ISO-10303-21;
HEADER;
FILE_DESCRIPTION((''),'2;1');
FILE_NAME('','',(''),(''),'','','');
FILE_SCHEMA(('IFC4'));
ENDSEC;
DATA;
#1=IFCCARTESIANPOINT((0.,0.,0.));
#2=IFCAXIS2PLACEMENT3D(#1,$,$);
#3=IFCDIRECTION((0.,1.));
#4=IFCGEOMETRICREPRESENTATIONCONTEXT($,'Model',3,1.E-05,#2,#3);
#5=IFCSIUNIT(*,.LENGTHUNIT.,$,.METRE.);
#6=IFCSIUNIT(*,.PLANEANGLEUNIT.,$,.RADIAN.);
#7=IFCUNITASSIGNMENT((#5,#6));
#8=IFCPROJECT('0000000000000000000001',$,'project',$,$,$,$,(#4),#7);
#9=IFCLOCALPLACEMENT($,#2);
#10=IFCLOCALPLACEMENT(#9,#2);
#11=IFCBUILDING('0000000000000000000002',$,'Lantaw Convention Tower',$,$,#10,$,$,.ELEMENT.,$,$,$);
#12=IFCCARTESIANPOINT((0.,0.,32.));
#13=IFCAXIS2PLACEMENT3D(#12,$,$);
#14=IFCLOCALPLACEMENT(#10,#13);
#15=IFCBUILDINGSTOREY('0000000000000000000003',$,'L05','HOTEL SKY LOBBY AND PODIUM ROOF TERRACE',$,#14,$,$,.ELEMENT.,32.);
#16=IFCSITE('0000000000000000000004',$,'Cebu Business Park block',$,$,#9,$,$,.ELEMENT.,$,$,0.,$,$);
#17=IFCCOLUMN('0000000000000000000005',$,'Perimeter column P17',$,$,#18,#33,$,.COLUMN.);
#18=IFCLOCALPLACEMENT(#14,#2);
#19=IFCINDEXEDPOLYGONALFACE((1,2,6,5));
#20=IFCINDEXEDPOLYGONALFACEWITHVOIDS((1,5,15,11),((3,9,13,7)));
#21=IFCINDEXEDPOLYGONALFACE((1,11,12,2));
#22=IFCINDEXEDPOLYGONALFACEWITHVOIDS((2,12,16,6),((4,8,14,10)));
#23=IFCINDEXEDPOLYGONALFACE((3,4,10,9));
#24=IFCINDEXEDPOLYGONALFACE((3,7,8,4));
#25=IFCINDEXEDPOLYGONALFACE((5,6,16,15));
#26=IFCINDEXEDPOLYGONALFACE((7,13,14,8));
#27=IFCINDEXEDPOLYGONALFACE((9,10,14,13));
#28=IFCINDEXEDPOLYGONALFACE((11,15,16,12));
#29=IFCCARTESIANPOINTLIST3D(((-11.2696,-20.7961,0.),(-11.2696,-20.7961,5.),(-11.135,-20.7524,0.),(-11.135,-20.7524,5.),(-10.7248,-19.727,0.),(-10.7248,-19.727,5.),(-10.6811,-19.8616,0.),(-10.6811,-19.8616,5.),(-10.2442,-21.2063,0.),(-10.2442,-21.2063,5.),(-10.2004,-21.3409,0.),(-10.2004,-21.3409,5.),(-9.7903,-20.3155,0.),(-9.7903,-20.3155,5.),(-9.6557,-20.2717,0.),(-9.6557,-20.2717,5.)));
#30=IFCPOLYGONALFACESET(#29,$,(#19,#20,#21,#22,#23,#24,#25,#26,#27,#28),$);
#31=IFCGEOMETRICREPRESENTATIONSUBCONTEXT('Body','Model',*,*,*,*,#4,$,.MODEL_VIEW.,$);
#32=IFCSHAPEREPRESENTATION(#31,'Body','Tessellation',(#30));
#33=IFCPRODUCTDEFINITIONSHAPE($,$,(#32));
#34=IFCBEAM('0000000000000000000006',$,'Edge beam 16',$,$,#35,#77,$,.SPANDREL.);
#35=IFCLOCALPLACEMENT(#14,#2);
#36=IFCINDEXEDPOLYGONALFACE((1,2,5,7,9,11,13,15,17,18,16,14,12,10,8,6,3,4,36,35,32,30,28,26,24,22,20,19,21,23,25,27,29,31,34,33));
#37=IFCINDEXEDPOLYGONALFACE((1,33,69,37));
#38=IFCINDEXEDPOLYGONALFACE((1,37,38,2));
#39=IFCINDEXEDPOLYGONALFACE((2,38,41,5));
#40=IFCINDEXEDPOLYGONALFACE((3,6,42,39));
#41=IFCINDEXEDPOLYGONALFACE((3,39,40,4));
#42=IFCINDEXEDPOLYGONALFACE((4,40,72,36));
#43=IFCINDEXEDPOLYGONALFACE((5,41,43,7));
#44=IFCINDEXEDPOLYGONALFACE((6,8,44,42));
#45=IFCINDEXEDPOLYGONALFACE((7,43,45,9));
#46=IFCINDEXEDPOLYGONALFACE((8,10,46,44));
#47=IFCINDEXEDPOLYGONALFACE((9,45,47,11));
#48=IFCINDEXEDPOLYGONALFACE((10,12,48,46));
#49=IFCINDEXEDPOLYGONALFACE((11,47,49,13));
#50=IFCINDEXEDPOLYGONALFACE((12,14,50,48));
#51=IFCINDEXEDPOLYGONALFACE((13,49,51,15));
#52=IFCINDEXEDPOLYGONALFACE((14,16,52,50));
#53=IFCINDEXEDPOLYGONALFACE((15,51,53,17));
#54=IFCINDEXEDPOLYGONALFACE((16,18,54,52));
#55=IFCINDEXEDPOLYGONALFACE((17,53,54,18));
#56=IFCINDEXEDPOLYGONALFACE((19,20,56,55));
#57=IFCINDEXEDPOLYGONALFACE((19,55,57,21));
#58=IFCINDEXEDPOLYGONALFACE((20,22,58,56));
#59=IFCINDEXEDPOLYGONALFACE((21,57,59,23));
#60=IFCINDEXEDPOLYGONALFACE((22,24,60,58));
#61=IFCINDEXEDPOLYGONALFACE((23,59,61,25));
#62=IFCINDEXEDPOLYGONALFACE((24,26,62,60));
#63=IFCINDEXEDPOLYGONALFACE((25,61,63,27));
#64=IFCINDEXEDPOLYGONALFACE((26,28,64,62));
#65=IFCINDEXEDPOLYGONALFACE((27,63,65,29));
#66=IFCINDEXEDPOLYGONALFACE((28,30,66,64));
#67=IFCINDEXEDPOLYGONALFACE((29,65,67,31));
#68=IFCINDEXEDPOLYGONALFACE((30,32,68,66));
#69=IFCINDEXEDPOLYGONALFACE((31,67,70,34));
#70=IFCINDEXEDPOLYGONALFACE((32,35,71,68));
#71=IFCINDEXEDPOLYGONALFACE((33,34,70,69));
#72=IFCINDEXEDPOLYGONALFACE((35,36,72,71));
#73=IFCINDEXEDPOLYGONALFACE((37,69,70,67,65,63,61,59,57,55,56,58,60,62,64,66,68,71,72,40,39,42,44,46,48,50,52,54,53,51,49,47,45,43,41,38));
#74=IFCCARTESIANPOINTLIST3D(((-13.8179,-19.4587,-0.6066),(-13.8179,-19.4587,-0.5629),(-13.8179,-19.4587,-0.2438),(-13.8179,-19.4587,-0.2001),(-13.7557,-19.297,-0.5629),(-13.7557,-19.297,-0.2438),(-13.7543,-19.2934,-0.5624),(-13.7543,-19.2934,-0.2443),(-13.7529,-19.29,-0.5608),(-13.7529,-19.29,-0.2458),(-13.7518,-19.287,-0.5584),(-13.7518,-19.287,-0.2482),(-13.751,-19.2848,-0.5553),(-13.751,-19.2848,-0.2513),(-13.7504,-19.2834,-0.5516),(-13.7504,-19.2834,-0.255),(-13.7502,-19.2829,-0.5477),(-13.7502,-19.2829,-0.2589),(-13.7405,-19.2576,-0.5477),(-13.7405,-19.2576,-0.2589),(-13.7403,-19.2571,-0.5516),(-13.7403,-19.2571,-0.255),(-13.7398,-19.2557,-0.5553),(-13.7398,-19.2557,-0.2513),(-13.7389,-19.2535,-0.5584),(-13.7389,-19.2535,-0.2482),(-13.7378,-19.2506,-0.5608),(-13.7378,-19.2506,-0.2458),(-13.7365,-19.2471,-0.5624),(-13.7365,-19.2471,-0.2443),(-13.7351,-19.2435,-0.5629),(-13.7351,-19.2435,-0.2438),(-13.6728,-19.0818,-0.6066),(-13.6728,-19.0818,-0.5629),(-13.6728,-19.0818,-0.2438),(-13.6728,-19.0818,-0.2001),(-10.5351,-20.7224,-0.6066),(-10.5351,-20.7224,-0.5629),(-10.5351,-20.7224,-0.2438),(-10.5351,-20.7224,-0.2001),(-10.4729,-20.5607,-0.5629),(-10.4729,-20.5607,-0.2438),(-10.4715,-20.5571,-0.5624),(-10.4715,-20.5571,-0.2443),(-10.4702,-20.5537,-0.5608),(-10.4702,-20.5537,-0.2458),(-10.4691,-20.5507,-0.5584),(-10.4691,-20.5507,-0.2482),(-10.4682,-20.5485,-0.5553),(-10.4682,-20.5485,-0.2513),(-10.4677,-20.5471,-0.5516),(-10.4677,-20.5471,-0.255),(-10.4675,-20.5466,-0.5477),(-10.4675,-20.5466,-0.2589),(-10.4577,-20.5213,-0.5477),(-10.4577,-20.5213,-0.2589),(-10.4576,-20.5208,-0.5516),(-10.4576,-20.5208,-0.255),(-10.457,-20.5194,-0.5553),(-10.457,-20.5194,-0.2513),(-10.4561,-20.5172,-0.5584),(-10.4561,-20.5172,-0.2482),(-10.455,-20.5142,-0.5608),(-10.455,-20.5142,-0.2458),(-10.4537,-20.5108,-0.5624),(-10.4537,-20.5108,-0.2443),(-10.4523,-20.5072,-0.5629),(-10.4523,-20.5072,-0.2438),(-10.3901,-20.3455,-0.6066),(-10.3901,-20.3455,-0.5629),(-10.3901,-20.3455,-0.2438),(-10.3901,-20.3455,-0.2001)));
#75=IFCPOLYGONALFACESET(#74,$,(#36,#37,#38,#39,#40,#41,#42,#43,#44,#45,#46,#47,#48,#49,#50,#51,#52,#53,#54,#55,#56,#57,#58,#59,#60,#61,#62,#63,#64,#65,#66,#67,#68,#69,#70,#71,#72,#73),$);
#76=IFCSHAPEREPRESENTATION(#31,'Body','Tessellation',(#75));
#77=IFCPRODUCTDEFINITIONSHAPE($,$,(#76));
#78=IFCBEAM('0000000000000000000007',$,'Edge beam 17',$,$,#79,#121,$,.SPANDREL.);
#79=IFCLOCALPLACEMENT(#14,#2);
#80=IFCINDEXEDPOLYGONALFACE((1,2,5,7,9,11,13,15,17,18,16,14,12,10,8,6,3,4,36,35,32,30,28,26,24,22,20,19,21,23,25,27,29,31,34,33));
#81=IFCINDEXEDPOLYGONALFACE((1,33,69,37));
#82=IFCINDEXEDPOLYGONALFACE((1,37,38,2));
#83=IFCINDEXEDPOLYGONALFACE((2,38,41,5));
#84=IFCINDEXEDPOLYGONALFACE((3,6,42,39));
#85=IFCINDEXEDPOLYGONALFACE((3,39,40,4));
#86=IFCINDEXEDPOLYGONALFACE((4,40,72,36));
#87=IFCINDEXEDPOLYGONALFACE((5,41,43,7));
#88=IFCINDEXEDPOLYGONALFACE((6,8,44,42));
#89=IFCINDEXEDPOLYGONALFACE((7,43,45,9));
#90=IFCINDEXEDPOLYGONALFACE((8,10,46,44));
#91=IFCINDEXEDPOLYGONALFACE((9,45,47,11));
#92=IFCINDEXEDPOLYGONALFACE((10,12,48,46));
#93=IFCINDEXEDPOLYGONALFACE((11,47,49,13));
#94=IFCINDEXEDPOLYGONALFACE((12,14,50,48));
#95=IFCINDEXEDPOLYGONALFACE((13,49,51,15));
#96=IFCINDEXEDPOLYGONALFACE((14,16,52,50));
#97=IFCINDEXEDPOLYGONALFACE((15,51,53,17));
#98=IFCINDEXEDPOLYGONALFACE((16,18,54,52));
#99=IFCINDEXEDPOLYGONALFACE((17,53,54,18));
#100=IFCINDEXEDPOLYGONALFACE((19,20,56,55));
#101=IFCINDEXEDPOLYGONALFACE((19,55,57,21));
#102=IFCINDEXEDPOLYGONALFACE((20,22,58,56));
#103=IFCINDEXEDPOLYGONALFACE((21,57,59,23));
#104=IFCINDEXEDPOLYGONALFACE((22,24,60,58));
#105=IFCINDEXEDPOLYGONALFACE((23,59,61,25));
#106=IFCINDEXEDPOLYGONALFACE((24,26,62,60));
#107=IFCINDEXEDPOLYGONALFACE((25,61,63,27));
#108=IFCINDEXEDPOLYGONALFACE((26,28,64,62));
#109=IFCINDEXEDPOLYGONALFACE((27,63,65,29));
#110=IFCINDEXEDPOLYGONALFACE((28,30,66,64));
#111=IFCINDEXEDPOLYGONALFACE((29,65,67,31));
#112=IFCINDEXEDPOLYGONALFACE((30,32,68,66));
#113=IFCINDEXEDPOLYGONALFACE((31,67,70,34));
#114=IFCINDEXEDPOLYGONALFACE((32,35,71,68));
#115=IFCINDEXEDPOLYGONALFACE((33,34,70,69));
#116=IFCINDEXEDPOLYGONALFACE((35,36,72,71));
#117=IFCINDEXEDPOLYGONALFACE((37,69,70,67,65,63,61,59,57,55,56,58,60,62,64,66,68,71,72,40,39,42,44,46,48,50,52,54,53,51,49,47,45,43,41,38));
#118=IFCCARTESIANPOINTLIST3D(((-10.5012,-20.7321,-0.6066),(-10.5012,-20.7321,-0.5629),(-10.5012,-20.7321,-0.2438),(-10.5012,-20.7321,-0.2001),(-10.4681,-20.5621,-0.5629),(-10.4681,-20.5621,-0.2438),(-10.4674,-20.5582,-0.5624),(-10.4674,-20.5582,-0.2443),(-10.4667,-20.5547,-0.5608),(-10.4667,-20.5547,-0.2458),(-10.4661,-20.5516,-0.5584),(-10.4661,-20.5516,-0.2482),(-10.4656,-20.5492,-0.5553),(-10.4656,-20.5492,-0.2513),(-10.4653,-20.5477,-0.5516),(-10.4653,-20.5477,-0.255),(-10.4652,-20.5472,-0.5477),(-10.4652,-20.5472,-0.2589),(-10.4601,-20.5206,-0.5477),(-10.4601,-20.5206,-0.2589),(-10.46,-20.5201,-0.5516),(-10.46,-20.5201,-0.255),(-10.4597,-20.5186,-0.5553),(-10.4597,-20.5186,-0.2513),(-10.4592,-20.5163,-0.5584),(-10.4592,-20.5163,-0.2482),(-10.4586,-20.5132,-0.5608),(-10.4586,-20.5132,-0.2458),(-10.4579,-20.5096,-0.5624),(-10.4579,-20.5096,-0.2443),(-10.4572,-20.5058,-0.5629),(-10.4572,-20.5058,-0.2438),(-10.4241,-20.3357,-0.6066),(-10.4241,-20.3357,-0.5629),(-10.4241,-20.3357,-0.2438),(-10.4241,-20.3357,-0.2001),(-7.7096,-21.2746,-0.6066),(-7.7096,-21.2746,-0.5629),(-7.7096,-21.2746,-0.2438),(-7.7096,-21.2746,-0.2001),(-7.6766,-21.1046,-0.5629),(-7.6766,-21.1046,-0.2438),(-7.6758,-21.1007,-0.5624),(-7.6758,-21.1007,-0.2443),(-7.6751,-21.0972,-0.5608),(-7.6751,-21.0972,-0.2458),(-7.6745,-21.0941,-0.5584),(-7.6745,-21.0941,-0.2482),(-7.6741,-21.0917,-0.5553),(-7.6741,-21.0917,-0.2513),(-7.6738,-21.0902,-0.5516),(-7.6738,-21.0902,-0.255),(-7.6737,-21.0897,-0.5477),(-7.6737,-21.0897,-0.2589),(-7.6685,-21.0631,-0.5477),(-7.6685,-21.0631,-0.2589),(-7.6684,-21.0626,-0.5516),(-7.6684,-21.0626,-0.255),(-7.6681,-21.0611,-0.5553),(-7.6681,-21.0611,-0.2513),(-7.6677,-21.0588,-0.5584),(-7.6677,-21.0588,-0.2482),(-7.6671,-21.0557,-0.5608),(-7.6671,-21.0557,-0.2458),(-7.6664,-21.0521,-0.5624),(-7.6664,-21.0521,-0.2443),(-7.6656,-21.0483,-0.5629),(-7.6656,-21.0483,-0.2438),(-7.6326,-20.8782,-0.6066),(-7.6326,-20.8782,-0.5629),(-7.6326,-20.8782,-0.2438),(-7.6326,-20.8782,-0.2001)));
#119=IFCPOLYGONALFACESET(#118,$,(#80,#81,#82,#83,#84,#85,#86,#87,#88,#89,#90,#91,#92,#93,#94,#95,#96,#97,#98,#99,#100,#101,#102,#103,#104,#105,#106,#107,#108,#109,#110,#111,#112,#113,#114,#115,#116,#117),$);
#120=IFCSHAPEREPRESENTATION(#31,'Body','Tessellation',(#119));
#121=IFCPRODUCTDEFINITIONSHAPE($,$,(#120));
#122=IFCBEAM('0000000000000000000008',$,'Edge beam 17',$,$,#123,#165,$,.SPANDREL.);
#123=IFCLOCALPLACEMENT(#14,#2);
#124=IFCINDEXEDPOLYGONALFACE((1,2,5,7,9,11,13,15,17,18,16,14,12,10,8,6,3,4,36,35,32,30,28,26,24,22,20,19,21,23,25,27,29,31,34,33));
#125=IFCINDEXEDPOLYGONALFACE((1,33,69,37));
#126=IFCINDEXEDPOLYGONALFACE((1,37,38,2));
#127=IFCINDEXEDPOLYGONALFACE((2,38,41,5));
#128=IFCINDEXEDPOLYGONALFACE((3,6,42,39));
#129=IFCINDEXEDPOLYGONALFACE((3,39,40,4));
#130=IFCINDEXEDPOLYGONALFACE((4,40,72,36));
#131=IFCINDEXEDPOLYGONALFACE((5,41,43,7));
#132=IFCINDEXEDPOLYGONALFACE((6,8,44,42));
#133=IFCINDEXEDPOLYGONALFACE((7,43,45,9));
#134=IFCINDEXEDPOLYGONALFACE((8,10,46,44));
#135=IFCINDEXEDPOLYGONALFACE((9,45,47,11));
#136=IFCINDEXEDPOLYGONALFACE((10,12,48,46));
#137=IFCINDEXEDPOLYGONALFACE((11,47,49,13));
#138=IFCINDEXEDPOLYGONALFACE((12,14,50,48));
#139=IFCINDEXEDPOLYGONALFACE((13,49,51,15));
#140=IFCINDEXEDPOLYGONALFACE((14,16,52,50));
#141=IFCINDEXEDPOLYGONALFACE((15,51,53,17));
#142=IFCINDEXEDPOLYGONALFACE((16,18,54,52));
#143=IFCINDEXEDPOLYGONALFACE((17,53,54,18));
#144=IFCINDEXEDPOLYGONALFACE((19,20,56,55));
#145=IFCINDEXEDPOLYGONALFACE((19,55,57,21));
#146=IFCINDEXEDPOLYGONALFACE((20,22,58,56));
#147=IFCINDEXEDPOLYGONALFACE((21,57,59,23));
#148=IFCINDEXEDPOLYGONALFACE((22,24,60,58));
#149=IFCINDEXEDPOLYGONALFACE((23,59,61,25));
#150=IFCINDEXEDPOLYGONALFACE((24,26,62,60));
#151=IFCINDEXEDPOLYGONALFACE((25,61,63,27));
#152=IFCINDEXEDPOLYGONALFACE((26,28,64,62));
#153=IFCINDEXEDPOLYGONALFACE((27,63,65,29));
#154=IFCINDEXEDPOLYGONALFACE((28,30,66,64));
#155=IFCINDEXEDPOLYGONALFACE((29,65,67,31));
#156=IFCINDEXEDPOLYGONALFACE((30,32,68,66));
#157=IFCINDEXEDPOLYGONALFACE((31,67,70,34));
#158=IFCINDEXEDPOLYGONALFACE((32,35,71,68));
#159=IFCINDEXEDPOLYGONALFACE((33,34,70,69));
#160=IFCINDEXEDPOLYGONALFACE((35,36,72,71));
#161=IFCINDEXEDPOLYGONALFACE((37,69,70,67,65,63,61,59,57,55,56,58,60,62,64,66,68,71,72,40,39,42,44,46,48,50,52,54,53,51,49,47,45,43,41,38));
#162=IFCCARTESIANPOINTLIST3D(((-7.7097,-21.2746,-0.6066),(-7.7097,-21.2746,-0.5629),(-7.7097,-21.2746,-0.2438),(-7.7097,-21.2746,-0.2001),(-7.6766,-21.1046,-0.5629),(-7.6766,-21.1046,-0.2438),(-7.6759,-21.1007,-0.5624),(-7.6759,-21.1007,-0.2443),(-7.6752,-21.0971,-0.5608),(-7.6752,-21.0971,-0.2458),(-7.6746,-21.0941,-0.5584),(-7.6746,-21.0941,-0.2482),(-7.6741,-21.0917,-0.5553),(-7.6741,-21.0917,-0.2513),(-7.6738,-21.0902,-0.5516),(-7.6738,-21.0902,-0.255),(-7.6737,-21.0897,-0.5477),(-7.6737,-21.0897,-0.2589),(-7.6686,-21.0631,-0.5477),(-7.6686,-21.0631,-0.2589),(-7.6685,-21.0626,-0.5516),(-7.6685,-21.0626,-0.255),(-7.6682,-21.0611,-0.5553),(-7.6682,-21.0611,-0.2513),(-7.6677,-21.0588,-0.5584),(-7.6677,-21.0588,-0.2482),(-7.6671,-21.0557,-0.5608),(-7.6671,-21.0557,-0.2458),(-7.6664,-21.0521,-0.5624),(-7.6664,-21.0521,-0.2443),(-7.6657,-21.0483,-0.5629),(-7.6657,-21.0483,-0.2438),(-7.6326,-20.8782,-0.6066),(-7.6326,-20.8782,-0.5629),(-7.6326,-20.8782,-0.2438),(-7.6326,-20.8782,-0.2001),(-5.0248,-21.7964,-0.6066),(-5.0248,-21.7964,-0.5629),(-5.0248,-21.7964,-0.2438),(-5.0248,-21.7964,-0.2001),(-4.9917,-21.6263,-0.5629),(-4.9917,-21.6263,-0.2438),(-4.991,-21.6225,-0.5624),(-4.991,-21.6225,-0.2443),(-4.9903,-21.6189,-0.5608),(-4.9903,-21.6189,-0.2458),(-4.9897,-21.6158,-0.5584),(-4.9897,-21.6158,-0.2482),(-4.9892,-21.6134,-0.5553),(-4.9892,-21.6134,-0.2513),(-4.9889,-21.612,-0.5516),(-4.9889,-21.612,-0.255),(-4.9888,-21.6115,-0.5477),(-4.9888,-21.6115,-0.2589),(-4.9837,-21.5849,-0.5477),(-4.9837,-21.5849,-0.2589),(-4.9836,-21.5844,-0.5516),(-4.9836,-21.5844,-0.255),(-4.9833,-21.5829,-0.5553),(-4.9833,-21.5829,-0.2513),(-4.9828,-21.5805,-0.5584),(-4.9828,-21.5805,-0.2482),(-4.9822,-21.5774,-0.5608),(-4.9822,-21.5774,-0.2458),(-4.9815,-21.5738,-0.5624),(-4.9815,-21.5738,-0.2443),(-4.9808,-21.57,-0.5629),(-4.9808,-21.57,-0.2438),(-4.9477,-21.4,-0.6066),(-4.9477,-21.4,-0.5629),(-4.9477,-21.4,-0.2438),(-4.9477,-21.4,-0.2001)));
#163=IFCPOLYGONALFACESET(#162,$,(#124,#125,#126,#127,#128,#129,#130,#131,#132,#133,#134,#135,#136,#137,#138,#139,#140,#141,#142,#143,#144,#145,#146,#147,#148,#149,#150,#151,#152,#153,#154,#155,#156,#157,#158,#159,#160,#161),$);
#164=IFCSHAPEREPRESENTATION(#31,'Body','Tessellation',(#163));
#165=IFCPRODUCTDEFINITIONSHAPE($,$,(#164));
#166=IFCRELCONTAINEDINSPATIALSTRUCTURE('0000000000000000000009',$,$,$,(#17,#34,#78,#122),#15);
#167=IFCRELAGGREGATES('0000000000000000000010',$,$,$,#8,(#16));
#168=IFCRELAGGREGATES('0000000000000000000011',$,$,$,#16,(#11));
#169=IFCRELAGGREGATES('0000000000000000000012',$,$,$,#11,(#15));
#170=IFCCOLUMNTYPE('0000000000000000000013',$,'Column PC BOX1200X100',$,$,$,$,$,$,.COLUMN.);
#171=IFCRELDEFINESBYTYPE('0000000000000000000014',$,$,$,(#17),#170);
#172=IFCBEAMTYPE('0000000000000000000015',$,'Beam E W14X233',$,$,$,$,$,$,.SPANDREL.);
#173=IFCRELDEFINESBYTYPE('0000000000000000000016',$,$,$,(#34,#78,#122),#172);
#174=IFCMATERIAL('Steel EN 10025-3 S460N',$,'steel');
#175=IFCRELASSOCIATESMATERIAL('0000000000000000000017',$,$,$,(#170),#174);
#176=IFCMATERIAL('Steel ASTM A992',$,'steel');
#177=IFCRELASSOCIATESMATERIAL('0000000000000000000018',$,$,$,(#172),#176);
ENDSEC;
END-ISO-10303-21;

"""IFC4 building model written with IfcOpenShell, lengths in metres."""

from ifc_helpers import new_model, si_unit, direction, frame, origin, origin_2d, place, context, subcontext, project, spatial, rectangle, hollow_rectangle, i_section, extrude, material, material_profile, profile_set, type_object, element, save


model = new_model("IFC4")

# Units and contexts
model_context = context("Model", 3, precision=1e-05, world=origin(), true_north=direction((0.0, 1.0)))
body_context = subcontext(model_context, "Body", "Model", "MODEL_VIEW")
ifc_project = project(units=[si_unit("LENGTHUNIT", "METRE"), si_unit("PLANEANGLEUNIT", "RADIAN")], contexts=[model_context])

# Site, building, storey
site_placement = place(None, origin())
site = spatial("IfcSite", under=ifc_project, at=site_placement, Name="Cebu Business Park block", CompositionType="ELEMENT", RefElevation=0.0)
building_placement = place(site_placement, origin())
building = spatial("IfcBuilding", under=site, at=building_placement, Name="Lantaw Convention Tower", CompositionType="ELEMENT")
storey_placement = place(building_placement, frame((0.0, 0.0, 32.0)))
storey = spatial("IfcBuildingStorey", under=building, at=storey_placement, Name="L05", Description="HOTEL SKY LOBBY AND PODIUM ROOF TERRACE", CompositionType="ELEMENT", Elevation=32.0)

# Column
ifc_material_1 = material(Name="Steel EN 10025-3 S460N", Category="steel")
ifc_material_profile_1 = material_profile(ifc_material_1, hollow_rectangle(XDim=1.2, YDim=1.2, WallThickness=0.1001, at=origin_2d()), Name="BOX1200X100")
ifc_material_2 = material(Name="Concrete C60/75", Category="concrete")
ifc_material_profile_2 = material_profile(ifc_material_2, rectangle(XDim=1.0, YDim=1.0, at=origin_2d()), Name="Concrete fill of BOX1200X100")
ifc_profile_set_1 = profile_set([ifc_material_profile_1, ifc_material_profile_2], Name="Steel EN 10025-3 S460N")
column_type = type_object("IfcColumnType", Name="Column PC BOX1200X100", PredefinedType="COLUMN", material=ifc_profile_set_1)
column_placement = place(storey_placement, frame((-10.4626, -20.5339, 0.0), z_axis=(0.0, 0.0, 1.0), x_axis=(0.45399, 0.891007, 0.0)))
element("IfcColumn", 1, at=column_placement, inside=storey, type_object=column_type, Name="Perimeter column P17", PredefinedType="COLUMN", context=body_context, shape_type="SweptSolid", body=[
    extrude(hollow_rectangle(XDim=1.2, YDim=1.2, WallThickness=0.1001, at=origin_2d()), origin(), (0.0, 0.0, 1.0), 5.0),
])

# Beams
ifc_material_3 = material(Name="Steel ASTM A992", Category="steel")
ifc_material_profile_3 = material_profile(ifc_material_3, i_section(OverallWidth=0.4038, OverallDepth=0.4065, WebThickness=0.0271, FlangeThickness=0.0437, FilletRadius=0.0151, at=origin_2d()), Name="W14X233")
ifc_profile_set_2 = profile_set([ifc_material_profile_3], Name="Steel ASTM A992")
beam_type_1 = type_object("IfcBeamType", Name="Beam E W14X233", PredefinedType="SPANDREL", material=ifc_profile_set_2)
beam_1_placement = place(storey_placement, frame((-13.7454, -19.2703, -0.4033), z_axis=(0.933242, -0.359249, 0.0), x_axis=(0.359249, 0.933242, 0.0)))
element("IfcBeam", 2, at=beam_1_placement, inside=storey, type_object=beam_type_1, Name="Edge beam 16", PredefinedType="SPANDREL", context=body_context, shape_type="SweptSolid", body=[
    extrude(i_section(OverallWidth=0.4038, OverallDepth=0.4065, WebThickness=0.0271, FlangeThickness=0.0437, FilletRadius=0.0151, at=origin_2d()), origin(), (0.0, 0.0, 1.0), 3.5176),
])
beam_2_placement = place(storey_placement, frame((-10.4626, -20.5339, -0.4033), z_axis=(0.981636, -0.190764, 0.0), x_axis=(0.190764, 0.981636, 0.0)))
element("IfcBeam", 3, at=beam_2_placement, inside=storey, type_object=beam_type_1, Name="Edge beam 17", PredefinedType="SPANDREL", context=body_context, shape_type="SweptSolid", body=[
    extrude(i_section(OverallWidth=0.4038, OverallDepth=0.4065, WebThickness=0.0271, FlangeThickness=0.0437, FilletRadius=0.0151, at=origin_2d()), origin(), (0.0, 0.0, 1.0), 2.8438),
])
beam_3_placement = place(storey_placement, frame((-7.6711, -21.0764, -0.4033), z_axis=(0.981637, -0.190757, 0.0), x_axis=(0.190757, 0.981637, 0.0)))
element("IfcBeam", 4, at=beam_3_placement, inside=storey, type_object=beam_type_1, Name="Edge beam 17", PredefinedType="SPANDREL", context=body_context, shape_type="SweptSolid", body=[
    extrude(i_section(OverallWidth=0.4038, OverallDepth=0.4065, WebThickness=0.0271, FlangeThickness=0.0437, FilletRadius=0.0151, at=origin_2d()), origin(), (0.0, 0.0, 1.0), 2.7351),
])

save(model, "model.ifc")
